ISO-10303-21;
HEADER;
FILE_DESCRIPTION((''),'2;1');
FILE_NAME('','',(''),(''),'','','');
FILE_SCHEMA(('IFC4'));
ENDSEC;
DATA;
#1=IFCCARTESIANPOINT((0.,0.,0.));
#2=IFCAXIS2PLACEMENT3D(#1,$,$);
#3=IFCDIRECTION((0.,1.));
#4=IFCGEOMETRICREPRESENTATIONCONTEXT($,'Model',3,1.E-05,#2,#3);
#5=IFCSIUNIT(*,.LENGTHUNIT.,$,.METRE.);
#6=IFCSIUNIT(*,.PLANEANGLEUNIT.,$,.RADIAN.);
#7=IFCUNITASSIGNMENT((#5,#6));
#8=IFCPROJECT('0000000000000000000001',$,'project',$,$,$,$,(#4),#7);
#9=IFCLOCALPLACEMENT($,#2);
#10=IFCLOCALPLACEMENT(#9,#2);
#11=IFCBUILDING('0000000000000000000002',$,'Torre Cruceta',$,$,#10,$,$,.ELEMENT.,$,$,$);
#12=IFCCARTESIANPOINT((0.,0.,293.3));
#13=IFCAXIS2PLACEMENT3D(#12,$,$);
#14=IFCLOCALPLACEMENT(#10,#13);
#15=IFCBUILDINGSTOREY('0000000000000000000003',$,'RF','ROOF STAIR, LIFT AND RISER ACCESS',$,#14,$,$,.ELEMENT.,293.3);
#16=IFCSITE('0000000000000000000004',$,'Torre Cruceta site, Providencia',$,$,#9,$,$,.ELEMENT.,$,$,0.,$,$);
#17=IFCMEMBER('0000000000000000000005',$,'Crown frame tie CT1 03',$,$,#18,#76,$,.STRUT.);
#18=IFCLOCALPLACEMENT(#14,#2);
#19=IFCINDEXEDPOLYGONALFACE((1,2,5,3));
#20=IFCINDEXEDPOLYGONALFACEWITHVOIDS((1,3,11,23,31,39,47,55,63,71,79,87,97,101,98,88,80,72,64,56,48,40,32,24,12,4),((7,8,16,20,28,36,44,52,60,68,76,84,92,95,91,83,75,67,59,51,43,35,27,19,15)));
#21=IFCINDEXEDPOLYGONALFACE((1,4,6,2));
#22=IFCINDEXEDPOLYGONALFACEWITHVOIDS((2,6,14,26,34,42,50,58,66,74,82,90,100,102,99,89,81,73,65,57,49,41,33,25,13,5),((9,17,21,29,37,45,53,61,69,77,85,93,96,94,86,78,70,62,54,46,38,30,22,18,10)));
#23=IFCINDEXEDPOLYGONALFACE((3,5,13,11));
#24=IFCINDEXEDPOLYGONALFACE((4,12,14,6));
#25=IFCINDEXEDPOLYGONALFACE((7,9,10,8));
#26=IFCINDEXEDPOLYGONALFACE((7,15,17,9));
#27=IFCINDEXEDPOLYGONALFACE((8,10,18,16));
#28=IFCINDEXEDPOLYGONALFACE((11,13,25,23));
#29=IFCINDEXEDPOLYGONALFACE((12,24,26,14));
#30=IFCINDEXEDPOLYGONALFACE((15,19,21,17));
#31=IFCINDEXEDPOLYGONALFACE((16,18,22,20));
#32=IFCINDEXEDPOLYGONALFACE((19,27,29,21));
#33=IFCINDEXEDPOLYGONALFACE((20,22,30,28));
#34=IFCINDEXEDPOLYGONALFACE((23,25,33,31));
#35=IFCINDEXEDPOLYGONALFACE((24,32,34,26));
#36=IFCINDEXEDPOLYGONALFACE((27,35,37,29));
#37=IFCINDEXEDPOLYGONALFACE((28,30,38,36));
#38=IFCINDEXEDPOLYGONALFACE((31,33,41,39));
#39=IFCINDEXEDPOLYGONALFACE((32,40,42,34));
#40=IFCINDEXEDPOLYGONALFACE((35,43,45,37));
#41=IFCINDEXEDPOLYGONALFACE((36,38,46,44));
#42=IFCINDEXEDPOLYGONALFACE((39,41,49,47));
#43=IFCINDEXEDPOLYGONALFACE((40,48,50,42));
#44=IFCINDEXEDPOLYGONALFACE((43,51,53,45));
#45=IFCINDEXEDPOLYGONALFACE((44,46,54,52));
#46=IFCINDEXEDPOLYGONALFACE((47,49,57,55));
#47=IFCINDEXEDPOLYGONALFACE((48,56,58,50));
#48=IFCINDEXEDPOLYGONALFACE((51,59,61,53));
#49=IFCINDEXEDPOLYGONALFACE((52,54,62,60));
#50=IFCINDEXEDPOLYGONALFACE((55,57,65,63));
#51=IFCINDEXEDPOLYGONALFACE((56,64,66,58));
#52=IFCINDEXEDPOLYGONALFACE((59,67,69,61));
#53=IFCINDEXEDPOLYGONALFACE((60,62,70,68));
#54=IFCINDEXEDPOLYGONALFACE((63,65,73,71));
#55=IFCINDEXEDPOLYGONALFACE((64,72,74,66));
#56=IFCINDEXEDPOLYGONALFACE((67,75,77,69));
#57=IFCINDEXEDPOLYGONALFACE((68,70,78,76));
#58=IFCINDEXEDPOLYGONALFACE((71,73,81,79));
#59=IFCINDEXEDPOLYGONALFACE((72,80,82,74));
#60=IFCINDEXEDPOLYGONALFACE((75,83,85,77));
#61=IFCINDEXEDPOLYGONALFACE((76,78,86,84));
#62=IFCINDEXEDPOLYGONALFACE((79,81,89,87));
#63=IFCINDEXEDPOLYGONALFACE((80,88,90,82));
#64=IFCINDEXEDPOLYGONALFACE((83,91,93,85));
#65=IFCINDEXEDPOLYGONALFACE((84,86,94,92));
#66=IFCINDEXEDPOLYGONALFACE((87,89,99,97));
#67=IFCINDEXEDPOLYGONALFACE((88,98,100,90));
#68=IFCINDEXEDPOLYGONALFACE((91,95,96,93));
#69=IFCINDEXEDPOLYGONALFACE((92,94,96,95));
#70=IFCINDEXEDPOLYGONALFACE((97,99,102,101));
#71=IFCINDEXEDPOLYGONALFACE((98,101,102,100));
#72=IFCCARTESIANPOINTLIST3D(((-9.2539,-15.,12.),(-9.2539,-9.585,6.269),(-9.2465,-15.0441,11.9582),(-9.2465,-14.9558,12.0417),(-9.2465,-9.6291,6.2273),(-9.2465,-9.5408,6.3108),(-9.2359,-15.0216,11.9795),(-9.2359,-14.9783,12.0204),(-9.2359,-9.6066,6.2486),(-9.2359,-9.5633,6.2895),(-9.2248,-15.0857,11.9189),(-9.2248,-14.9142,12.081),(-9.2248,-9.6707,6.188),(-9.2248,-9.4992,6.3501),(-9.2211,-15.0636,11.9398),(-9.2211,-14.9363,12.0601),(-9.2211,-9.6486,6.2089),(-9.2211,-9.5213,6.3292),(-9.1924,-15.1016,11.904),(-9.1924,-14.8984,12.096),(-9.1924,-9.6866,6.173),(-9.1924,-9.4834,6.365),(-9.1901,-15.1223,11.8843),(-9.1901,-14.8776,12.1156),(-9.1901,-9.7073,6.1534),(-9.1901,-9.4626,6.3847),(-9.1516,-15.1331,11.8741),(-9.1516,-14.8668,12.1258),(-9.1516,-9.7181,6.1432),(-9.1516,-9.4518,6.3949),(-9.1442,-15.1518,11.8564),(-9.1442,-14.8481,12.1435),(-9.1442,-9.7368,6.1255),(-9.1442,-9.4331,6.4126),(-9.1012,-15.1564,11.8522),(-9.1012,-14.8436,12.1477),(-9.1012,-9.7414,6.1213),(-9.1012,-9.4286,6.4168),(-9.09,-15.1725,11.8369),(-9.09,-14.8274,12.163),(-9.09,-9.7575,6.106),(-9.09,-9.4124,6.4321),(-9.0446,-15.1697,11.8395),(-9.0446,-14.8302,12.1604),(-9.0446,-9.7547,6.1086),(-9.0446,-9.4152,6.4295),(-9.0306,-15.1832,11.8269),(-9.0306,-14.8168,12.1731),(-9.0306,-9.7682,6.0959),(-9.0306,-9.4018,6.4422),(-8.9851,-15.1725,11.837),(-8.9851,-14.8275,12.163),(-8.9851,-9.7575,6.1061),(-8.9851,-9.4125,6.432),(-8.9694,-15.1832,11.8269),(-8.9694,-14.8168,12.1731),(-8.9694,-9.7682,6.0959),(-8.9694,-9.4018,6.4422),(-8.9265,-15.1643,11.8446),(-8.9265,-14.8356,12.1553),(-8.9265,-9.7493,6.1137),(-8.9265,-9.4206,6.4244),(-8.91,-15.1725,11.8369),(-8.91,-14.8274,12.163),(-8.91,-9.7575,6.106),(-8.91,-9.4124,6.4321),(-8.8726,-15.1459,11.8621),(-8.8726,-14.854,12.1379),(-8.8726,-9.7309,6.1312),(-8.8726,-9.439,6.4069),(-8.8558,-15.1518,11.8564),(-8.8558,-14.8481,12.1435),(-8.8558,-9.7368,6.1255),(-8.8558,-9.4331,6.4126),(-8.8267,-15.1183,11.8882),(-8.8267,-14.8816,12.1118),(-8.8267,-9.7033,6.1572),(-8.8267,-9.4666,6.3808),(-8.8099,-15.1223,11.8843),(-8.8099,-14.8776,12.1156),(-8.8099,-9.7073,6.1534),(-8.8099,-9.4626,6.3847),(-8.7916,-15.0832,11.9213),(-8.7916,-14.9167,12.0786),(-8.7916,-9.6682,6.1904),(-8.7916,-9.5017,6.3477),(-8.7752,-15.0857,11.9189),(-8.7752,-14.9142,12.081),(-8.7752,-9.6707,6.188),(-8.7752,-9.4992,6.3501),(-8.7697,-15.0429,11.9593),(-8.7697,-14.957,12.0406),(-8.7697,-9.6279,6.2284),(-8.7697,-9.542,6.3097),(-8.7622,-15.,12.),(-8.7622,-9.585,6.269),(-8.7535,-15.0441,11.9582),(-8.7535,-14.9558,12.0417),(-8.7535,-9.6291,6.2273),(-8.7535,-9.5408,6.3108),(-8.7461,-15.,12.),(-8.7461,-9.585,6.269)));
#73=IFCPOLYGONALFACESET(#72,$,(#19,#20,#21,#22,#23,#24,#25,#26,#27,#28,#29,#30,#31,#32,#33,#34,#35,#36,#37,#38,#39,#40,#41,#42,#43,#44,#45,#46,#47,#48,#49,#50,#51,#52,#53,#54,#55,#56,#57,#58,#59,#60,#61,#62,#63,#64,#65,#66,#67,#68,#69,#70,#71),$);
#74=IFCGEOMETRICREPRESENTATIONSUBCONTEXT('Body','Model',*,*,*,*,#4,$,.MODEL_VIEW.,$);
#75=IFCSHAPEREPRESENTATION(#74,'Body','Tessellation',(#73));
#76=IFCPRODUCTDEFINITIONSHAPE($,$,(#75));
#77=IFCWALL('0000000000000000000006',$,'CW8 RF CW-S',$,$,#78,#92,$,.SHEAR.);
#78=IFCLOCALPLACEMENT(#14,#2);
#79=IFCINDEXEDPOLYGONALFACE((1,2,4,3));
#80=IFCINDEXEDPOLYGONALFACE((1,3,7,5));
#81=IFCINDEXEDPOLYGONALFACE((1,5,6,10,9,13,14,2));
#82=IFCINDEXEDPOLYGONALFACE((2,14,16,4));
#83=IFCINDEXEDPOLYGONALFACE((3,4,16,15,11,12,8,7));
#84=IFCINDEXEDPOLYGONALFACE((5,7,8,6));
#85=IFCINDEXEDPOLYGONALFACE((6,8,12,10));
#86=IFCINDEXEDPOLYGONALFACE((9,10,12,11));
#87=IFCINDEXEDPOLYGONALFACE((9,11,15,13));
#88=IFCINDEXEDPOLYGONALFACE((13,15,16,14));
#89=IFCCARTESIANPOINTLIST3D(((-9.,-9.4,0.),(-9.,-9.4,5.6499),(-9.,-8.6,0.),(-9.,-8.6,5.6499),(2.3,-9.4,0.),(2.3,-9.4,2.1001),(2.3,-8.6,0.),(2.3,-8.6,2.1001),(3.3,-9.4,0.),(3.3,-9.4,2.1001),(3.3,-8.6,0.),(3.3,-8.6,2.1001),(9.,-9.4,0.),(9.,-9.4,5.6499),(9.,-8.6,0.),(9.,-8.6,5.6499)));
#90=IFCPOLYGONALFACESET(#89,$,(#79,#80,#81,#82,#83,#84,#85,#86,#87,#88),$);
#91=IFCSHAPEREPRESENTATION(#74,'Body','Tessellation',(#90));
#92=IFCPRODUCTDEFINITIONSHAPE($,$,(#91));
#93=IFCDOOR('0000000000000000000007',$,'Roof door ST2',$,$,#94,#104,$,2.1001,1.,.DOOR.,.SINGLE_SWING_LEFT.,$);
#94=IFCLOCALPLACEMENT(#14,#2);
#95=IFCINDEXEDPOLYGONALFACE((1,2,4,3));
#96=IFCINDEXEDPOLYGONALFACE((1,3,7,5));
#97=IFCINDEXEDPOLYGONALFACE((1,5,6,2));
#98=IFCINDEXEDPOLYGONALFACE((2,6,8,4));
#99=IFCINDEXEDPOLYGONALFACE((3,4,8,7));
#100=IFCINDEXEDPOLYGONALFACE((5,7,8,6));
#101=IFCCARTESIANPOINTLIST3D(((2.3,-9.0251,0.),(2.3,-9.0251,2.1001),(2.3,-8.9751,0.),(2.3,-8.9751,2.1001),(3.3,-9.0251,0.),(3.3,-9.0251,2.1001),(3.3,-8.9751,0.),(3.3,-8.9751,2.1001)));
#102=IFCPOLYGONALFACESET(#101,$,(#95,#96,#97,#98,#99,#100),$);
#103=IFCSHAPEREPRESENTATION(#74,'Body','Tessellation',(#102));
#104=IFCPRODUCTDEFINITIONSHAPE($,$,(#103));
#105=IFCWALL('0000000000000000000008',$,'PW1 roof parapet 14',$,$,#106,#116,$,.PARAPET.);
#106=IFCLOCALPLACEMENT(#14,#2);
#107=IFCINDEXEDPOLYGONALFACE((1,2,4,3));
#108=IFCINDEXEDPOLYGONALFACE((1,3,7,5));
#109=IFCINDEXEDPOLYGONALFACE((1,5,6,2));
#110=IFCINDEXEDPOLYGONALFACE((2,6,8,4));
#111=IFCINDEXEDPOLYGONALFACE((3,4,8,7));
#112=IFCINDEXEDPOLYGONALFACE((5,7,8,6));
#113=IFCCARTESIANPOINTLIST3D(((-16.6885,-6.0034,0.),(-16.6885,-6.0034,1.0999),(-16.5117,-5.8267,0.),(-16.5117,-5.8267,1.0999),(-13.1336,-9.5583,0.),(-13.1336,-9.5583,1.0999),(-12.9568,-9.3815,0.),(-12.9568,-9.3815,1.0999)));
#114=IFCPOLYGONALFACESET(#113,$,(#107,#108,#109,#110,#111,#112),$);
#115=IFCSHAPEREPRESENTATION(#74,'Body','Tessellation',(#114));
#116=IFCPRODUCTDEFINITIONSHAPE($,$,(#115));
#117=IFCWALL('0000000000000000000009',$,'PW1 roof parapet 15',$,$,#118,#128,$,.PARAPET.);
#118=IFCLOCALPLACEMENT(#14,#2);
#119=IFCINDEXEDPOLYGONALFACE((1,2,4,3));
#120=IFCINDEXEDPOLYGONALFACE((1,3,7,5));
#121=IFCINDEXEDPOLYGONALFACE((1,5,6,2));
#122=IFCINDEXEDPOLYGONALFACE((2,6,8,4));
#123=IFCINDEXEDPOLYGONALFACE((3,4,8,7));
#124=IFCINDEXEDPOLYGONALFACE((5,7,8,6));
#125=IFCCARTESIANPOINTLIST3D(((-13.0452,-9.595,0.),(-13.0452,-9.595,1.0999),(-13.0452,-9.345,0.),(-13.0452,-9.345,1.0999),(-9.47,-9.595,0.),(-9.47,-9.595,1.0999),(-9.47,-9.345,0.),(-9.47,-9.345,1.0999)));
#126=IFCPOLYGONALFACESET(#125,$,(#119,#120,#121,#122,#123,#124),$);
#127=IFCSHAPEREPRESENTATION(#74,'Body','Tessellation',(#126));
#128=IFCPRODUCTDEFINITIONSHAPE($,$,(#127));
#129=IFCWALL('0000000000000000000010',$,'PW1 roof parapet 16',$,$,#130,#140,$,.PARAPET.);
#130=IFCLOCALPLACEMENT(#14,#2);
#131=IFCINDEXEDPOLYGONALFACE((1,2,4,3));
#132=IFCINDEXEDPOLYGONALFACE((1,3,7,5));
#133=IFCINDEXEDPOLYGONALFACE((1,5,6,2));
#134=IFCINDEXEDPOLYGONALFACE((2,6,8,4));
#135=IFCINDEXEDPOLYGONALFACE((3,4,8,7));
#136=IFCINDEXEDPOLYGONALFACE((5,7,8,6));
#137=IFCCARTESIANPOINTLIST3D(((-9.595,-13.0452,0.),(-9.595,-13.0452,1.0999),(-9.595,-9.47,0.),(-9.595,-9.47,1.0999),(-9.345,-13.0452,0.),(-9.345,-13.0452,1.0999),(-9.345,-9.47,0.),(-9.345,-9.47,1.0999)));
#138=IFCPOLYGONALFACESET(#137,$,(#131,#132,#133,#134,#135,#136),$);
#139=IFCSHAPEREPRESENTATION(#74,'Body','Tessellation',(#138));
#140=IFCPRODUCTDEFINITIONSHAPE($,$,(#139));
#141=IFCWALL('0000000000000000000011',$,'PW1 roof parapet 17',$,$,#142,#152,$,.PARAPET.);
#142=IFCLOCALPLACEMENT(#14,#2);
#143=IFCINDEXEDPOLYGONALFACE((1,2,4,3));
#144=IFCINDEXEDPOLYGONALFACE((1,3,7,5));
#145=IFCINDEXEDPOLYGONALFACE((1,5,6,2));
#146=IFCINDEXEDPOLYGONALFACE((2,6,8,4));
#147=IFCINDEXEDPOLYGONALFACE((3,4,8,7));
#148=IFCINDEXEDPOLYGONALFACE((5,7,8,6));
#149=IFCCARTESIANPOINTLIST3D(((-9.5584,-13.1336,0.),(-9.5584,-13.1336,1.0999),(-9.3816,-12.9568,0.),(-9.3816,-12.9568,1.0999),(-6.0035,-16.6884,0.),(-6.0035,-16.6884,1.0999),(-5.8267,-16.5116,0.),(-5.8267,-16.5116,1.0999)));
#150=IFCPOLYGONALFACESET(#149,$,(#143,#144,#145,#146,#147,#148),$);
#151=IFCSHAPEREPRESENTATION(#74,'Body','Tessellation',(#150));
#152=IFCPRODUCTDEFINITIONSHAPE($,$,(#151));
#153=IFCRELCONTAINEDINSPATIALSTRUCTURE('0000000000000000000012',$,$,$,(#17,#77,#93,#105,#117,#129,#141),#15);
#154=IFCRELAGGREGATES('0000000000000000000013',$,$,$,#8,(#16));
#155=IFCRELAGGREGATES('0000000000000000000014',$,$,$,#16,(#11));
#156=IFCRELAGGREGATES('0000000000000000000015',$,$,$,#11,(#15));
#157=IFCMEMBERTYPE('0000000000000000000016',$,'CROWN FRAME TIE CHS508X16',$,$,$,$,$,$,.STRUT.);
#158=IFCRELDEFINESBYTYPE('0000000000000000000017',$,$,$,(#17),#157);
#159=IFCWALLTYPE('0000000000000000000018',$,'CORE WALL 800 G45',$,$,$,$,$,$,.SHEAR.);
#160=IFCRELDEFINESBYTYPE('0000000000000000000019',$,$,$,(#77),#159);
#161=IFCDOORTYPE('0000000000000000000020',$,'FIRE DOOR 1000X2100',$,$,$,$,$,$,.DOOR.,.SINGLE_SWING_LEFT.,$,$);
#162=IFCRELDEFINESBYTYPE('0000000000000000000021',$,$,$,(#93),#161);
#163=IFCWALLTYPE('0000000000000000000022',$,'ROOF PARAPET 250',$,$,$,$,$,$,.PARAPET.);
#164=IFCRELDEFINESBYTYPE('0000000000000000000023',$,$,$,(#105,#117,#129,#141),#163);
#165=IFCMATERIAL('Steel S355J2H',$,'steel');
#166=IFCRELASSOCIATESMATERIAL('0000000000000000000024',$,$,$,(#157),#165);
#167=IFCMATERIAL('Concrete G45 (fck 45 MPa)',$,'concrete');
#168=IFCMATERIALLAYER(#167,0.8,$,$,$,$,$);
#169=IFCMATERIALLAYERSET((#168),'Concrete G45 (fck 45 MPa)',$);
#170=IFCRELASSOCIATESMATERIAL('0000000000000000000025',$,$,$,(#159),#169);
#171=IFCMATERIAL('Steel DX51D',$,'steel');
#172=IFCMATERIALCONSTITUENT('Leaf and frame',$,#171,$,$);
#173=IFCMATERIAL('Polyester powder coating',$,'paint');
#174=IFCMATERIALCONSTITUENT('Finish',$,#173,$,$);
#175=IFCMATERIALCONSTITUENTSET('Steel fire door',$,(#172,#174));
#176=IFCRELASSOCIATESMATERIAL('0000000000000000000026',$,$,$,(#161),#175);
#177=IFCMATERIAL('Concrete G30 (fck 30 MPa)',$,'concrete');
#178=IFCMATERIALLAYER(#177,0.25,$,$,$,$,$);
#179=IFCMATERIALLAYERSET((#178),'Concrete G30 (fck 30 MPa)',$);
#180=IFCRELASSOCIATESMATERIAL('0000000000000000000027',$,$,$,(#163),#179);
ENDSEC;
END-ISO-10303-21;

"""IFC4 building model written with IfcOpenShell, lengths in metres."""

from ifc_helpers import new_model, si_unit, direction, frame, frame_2d, origin, origin_2d, place, context, subcontext, project, spatial, rectangle, hollow_circle, extrude, material, layer, layer_set, constituent, constituent_set, material_profile, profile_set, type_object, element, fill, save


model = new_model("IFC4")

# Units and contexts
model_context = context("Model", 3, precision=1e-05, world=origin(), true_north=direction((0.0, 1.0)))
body_context = subcontext(model_context, "Body", "Model", "MODEL_VIEW")
ifc_project = project(units=[si_unit("LENGTHUNIT", "METRE"), si_unit("PLANEANGLEUNIT", "RADIAN")], contexts=[model_context])

# Site, building, storey
site_placement = place(None, origin())
site = spatial("IfcSite", under=ifc_project, at=site_placement, Name="Torre Cruceta site, Providencia", CompositionType="ELEMENT", RefElevation=0.0)
building_placement = place(site_placement, origin())
building = spatial("IfcBuilding", under=site, at=building_placement, Name="Torre Cruceta", CompositionType="ELEMENT")
storey_placement = place(building_placement, frame((0.0, 0.0, 293.3)))
storey = spatial("IfcBuildingStorey", under=building, at=storey_placement, Name="RF", Description="ROOF STAIR, LIFT AND RISER ACCESS", CompositionType="ELEMENT", Elevation=293.3)

# Member
ifc_material_1 = material(Name="Steel S355J2H", Category="steel")
ifc_material_profile_1 = material_profile(ifc_material_1, hollow_circle(Radius=0.2539, WallThickness=0.0161, at=origin_2d()), Name="CHS508X16")
ifc_profile_set_1 = profile_set([ifc_material_profile_1], Name="Steel S355J2H")
member_type_1 = type_object("IfcMemberType", Name="CROWN FRAME TIE CHS508X16", PredefinedType="STRUT", material=ifc_profile_set_1)
for number, where, z_axis, x_axis, name in (
    (1, (-9.0, -9.585, 6.269), (0.0, -0.686789, 0.726857), (1.0, 0.0, 0.0), "Crown frame tie CT1 03"),
):
    element("IfcMember", number, at=place(storey_placement, frame(where, z_axis=z_axis, x_axis=x_axis)), inside=storey, type_object=member_type_1, Name=name, PredefinedType="STRUT", context=body_context, shape_type="SweptSolid", body=[
        extrude(hollow_circle(Radius=0.2539, WallThickness=0.0161, at=origin_2d()), origin(), (0.0, 0.0, 1.0), 7.8845),
    ])

# Wall, opening, door
ifc_material_2 = material(Name="Concrete G45 (fck 45 MPa)", Category="concrete")
ifc_layer_1 = layer(ifc_material_2, 0.8)
ifc_layer_set_1 = layer_set([ifc_layer_1], Name="Concrete G45 (fck 45 MPa)")
wall_type_1 = type_object("IfcWallType", Name="CORE WALL 800 G45", PredefinedType="SHEAR", material=ifc_layer_set_1)
wall_1_placement = place(storey_placement, frame((-9.0, -9.0, 0.0), z_axis=(0.0, 0.0, 1.0), x_axis=(1.0, 0.0, 0.0)))
wall_1 = element("IfcWall", 2, at=wall_1_placement, inside=storey, type_object=wall_type_1, Name="CW8 RF CW-S", PredefinedType="SHEAR", context=body_context, shape_type="SweptSolid", body=[
    extrude(rectangle(XDim=18.0, YDim=0.8, at=frame_2d((9.0, 0.0))), origin(), (0.0, 0.0, 1.0), 5.6499),
])
opening_placement = place(wall_1_placement, frame((11.3, 0.0, 0.0)))
opening = element("IfcOpeningElement", 3, at=opening_placement, cuts=wall_1, PredefinedType="OPENING", context=body_context, shape_type="SweptSolid", body=[
    extrude(rectangle(XDim=1.0, YDim=2.1001, at=frame_2d((0.5, 1.05))), frame((0.0, 0.4099, 0.0), z_axis=(0.0, -1.0, 0.0), x_axis=(1.0, 0.0, 0.0)), (0.0, 0.0, 1.0), 0.8201),
])
ifc_material_3 = material(Name="Steel DX51D", Category="steel")
ifc_constituent_1 = constituent(ifc_material_3, Name="Leaf and frame")
ifc_material_4 = material(Name="Polyester powder coating", Category="paint")
ifc_constituent_2 = constituent(ifc_material_4, Name="Finish")
ifc_constituent_set = constituent_set(constituents=[ifc_constituent_1, ifc_constituent_2], Name="Steel fire door")
door_type = type_object("IfcDoorType", Name="FIRE DOOR 1000X2100", OperationType="SINGLE_SWING_LEFT", PredefinedType="DOOR", material=ifc_constituent_set)
door_placement = place(opening_placement, origin())
door = element("IfcDoor", 4, at=door_placement, inside=storey, type_object=door_type, Name="Roof door ST2", OperationType="SINGLE_SWING_LEFT", OverallHeight=2.1001, OverallWidth=1.0, PredefinedType="DOOR", context=body_context, shape_type="SweptSolid", body=[
    extrude(rectangle(XDim=1.0, YDim=2.1001, at=frame_2d((0.5, 1.05))), frame((0.0, 0.0249, 0.0), z_axis=(0.0, -1.0, 0.0), x_axis=(1.0, 0.0, 0.0)), (0.0, 0.0, 1.0), 0.05),
])
fill(opening, door)

# Walls
ifc_material_5 = material(Name="Concrete G30 (fck 30 MPa)", Category="concrete")
ifc_layer_2 = layer(ifc_material_5, 0.25)
ifc_layer_set_2 = layer_set([ifc_layer_2], Name="Concrete G30 (fck 30 MPa)")
wall_type_2 = type_object("IfcWallType", Name="ROOF PARAPET 250", PredefinedType="PARAPET", material=ifc_layer_set_2)
wall_2_placement = place(storey_placement, frame((-16.6001, -5.915, 0.0), z_axis=(0.0, 0.0, 1.0), x_axis=(0.707107, -0.707107, 0.0)))
element("IfcWall", 5, at=wall_2_placement, inside=storey, type_object=wall_type_2, Name="PW1 roof parapet 14", PredefinedType="PARAPET", context=body_context, shape_type="SweptSolid", body=[
    extrude(rectangle(XDim=5.0273, YDim=0.25, at=frame_2d((2.5137, 0.0))), origin(), (0.0, 0.0, 1.0), 1.0999),
])
for number, where, z_axis, x_axis, name in (
    (6, (-13.0452, -9.47, 0.0), (0.0, 0.0, 1.0), (1.0, 0.0, 0.0), "PW1 roof parapet 15"),
    (7, (-9.47, -9.47, 0.0), (0.0, 0.0, 1.0), (0.0, -1.0, 0.0), "PW1 roof parapet 16"),
):
    element("IfcWall", number, at=place(storey_placement, frame(where, z_axis=z_axis, x_axis=x_axis)), inside=storey, type_object=wall_type_2, Name=name, PredefinedType="PARAPET", context=body_context, shape_type="SweptSolid", body=[
        extrude(rectangle(XDim=3.5752, YDim=0.25, at=frame_2d((1.7876, 0.0))), origin(), (0.0, 0.0, 1.0), 1.0999),
    ])
wall_3_placement = place(storey_placement, frame((-9.47, -13.0452, 0.0), z_axis=(0.0, 0.0, 1.0), x_axis=(0.707107, -0.707107, 0.0)))
element("IfcWall", 8, at=wall_3_placement, inside=storey, type_object=wall_type_2, Name="PW1 roof parapet 17", PredefinedType="PARAPET", context=body_context, shape_type="SweptSolid", body=[
    extrude(rectangle(XDim=5.0273, YDim=0.25, at=frame_2d((2.5137, 0.0))), origin(), (0.0, 0.0, 1.0), 1.0999),
])

save(model, "model.ifc")
